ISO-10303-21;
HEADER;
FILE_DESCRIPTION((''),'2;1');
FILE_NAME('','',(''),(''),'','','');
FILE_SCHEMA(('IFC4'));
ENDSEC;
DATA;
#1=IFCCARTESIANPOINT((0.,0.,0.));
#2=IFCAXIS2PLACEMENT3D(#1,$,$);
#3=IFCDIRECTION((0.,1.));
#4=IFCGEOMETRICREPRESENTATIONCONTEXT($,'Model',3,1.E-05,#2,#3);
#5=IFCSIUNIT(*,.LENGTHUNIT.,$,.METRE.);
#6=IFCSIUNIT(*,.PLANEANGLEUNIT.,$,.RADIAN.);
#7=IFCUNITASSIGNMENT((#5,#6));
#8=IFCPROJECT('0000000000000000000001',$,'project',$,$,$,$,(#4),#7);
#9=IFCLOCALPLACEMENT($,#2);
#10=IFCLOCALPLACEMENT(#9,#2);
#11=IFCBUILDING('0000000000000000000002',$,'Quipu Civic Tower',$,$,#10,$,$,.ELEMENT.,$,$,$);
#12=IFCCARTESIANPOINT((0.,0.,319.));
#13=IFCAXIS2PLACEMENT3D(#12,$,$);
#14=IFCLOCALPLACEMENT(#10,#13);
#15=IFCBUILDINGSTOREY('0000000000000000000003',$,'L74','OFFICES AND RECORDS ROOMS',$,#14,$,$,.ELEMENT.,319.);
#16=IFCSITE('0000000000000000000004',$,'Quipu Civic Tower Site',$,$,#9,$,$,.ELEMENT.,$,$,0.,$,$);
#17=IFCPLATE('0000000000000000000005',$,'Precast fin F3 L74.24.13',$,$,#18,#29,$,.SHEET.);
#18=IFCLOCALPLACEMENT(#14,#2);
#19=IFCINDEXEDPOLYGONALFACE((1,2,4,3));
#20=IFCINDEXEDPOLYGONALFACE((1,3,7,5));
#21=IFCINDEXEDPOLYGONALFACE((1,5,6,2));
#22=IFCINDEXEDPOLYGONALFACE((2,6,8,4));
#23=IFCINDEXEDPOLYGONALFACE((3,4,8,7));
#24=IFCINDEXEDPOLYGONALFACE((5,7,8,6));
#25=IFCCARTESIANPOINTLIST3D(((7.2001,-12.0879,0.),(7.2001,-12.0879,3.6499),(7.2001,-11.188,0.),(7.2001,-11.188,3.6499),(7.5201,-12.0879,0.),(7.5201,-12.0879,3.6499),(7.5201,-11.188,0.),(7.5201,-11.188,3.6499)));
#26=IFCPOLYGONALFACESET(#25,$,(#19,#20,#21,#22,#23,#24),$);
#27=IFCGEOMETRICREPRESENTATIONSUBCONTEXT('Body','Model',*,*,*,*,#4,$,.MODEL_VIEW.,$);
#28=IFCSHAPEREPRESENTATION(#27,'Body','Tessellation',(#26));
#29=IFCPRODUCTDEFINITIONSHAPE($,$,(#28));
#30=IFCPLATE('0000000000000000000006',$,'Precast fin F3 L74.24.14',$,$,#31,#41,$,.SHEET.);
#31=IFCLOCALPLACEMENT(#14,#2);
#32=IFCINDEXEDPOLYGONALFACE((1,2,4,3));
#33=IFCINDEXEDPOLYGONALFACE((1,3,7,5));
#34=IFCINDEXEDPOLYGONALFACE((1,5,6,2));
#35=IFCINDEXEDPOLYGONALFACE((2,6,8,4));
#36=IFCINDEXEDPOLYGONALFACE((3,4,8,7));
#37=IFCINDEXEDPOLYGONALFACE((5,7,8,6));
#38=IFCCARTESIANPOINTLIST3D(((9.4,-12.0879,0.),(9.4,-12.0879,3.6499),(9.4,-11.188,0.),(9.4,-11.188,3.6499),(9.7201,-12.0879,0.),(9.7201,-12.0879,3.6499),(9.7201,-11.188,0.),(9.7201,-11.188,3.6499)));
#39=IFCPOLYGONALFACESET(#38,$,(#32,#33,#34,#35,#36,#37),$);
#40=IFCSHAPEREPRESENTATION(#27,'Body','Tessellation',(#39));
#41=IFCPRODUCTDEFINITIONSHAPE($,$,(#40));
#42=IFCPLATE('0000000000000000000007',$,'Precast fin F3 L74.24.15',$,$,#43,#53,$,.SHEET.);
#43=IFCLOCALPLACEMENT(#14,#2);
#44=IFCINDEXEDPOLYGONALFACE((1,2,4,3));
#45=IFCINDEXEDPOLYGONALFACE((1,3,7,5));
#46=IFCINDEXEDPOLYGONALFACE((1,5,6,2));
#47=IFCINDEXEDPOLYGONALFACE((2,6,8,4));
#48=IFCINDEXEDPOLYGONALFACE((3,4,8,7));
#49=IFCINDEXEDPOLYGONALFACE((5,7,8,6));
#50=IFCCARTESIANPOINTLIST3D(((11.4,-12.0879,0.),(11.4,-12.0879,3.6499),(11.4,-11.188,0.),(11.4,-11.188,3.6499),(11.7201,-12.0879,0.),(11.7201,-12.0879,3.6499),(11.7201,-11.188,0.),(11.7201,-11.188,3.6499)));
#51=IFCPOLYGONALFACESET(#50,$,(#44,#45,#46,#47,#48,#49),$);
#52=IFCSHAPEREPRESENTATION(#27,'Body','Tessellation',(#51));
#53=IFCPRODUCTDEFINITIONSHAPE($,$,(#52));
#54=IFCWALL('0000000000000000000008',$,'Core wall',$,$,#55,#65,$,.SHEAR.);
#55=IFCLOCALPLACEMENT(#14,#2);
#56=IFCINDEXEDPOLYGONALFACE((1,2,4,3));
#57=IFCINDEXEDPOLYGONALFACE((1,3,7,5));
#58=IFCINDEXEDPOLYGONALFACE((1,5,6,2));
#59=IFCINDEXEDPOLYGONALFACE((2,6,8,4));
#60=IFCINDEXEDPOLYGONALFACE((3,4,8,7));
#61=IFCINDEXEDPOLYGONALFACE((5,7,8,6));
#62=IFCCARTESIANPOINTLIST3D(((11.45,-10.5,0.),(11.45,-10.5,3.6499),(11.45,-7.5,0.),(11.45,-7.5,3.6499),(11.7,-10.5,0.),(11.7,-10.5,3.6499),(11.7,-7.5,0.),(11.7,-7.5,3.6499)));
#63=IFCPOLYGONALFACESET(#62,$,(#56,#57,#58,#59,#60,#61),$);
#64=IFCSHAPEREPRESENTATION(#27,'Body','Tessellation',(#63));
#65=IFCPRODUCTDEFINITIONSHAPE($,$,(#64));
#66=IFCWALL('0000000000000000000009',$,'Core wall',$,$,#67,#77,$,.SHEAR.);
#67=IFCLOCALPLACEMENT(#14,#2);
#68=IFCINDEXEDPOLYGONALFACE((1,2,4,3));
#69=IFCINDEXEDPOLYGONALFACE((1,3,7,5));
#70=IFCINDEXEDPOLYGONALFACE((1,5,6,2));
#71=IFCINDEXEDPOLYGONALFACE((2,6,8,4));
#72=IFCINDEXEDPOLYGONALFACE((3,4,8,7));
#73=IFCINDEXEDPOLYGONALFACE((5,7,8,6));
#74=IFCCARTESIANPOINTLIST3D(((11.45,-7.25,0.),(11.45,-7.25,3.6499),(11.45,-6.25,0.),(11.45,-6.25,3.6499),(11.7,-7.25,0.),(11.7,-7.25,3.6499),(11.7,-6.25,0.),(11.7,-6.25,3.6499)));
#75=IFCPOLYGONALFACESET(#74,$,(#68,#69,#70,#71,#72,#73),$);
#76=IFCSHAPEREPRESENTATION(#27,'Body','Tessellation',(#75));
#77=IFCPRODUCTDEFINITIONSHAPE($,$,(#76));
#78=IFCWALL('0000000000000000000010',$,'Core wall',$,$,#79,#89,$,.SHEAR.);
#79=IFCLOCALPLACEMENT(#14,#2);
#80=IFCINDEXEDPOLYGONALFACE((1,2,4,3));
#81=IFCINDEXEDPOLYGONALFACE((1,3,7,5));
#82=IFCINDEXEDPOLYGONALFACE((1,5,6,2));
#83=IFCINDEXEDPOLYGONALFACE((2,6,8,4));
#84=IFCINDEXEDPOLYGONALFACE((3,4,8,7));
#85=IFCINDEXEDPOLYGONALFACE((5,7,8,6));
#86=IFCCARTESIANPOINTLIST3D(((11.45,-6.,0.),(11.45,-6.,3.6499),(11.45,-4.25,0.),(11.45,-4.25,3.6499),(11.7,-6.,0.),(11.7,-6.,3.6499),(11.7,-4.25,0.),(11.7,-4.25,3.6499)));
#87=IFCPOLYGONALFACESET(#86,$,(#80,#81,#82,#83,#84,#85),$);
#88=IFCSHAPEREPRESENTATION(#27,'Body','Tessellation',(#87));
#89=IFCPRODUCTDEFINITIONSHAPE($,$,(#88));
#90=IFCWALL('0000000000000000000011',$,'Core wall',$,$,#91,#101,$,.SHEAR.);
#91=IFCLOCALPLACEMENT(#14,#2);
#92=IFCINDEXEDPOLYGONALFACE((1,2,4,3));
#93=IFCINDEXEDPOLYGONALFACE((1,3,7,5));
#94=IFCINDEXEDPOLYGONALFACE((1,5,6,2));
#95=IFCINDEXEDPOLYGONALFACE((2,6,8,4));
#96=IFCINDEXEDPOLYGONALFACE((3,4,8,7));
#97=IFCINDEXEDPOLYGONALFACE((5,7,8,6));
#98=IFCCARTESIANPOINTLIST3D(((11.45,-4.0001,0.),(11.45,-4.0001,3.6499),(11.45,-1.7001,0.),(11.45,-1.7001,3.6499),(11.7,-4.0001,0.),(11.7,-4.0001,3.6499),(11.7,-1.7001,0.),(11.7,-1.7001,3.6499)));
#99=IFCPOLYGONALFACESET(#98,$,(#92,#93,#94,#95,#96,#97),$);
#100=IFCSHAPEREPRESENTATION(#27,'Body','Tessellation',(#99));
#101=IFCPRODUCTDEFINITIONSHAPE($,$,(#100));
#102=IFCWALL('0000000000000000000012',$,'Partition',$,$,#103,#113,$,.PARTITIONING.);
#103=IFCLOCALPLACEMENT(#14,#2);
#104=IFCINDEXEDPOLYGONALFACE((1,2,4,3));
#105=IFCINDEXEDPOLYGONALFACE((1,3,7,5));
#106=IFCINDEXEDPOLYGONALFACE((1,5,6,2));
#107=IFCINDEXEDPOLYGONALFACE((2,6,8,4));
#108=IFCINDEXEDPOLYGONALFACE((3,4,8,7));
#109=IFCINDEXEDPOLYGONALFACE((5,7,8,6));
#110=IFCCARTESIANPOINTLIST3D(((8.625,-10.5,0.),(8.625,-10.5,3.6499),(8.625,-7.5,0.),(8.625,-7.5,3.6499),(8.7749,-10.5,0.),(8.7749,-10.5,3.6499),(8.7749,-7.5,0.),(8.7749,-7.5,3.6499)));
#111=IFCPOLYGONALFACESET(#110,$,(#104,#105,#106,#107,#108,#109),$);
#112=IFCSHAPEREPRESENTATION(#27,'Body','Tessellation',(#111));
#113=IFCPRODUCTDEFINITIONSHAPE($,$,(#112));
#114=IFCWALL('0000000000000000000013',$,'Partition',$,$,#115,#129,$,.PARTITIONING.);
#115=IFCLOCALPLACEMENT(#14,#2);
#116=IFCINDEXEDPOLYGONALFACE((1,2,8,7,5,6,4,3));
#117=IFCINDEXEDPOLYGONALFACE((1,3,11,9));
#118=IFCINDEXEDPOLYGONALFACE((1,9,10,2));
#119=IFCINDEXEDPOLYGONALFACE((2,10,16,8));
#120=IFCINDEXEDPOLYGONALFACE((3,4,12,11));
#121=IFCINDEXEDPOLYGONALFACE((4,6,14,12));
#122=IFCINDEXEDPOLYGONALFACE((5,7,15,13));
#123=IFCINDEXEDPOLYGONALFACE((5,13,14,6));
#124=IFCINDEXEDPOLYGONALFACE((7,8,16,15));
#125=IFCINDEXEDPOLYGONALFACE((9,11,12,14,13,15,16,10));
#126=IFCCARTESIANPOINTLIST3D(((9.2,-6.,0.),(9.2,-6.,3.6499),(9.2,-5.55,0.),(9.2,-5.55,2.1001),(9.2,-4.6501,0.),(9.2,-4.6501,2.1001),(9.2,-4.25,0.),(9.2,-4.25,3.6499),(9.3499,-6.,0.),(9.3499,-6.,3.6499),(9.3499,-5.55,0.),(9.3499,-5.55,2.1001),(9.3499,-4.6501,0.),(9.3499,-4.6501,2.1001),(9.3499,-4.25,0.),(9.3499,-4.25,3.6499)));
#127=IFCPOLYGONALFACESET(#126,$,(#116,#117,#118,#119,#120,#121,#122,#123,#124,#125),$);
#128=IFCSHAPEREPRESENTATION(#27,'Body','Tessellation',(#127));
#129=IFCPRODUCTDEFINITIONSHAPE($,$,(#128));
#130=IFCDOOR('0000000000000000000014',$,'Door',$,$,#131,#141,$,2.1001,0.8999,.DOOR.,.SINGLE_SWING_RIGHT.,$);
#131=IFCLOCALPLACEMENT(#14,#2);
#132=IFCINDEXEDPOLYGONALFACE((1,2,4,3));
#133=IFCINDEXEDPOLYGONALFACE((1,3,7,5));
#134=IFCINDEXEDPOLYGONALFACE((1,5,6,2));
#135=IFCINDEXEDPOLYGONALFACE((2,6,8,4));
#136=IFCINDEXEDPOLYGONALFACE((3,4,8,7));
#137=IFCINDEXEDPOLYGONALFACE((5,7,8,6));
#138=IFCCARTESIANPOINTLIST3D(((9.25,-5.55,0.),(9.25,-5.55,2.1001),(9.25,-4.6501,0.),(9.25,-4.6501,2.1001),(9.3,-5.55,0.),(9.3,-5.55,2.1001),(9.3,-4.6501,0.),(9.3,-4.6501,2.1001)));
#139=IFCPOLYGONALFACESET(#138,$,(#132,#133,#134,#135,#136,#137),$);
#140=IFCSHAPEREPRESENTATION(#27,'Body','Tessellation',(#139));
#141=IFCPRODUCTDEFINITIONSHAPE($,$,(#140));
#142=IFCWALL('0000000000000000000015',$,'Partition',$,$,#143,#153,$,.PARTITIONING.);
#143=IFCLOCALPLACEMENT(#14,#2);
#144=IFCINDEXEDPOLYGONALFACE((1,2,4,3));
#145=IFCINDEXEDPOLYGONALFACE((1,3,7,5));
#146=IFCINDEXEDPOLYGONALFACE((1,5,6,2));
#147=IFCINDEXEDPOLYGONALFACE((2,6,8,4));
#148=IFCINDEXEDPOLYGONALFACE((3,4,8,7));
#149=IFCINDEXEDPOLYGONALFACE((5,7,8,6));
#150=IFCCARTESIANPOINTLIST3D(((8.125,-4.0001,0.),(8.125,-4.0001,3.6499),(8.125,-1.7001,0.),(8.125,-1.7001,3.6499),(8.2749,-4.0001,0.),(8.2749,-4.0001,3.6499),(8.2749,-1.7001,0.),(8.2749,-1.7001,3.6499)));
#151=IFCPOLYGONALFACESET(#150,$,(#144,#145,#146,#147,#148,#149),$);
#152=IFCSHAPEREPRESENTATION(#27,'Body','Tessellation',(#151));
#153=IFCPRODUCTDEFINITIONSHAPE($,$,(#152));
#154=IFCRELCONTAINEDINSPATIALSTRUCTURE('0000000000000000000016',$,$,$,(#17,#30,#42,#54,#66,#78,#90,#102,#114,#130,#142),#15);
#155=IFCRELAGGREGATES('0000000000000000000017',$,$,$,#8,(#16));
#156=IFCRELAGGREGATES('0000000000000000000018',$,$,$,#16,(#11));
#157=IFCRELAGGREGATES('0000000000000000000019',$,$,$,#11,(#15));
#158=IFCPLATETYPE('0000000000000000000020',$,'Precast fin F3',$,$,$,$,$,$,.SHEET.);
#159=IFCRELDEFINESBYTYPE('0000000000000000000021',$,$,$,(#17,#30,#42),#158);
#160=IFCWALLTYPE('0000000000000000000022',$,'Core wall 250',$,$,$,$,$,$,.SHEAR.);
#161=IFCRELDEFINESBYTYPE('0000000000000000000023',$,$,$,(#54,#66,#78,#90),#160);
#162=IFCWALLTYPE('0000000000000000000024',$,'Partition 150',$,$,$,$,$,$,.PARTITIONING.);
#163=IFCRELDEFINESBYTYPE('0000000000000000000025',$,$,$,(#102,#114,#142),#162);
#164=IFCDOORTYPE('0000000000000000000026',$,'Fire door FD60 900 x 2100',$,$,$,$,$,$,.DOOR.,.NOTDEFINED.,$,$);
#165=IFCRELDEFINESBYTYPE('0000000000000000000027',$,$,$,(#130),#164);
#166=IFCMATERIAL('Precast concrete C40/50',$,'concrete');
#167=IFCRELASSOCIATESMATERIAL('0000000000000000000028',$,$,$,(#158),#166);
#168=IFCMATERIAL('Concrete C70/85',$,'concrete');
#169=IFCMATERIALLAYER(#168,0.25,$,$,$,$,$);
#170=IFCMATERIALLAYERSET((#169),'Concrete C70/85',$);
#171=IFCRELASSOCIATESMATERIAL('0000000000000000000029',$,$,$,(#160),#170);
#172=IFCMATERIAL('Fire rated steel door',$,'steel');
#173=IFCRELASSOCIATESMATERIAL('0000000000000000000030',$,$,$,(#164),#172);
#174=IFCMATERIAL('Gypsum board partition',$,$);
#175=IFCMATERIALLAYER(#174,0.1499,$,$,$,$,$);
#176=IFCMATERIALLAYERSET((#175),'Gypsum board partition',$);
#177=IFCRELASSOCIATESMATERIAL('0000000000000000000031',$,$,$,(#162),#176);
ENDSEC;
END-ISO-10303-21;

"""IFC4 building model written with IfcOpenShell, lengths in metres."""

from ifc_helpers import new_model, si_unit, direction, frame, frame_2d, origin, origin_2d, place, context, subcontext, project, spatial, rectangle, extrude, material, layer, layer_set, type_object, element, fill, save


model = new_model("IFC4")

# Units and contexts
model_context = context("Model", 3, precision=1e-05, world=origin(), true_north=direction((0.0, 1.0)))
body_context = subcontext(model_context, "Body", "Model", "MODEL_VIEW")
ifc_project = project(units=[si_unit("LENGTHUNIT", "METRE"), si_unit("PLANEANGLEUNIT", "RADIAN")], contexts=[model_context])

# Site, building, storey
site_placement = place(None, origin())
site = spatial("IfcSite", under=ifc_project, at=site_placement, Name="Quipu Civic Tower Site", CompositionType="ELEMENT", RefElevation=0.0)
building_placement = place(site_placement, origin())
building = spatial("IfcBuilding", under=site, at=building_placement, Name="Quipu Civic Tower", CompositionType="ELEMENT")
storey_placement = place(building_placement, frame((0.0, 0.0, 319.0)))
storey = spatial("IfcBuildingStorey", under=building, at=storey_placement, Name="L74", Description="OFFICES AND RECORDS ROOMS", CompositionType="ELEMENT", Elevation=319.0)

# Plates
ifc_material_1 = material(Name="Precast concrete C40/50", Category="concrete")
plate_type = type_object("IfcPlateType", Name="Precast fin F3", PredefinedType="SHEET", material=ifc_material_1)
for number, where, z_axis, x_axis, name in (
    (1, (7.3601, -11.6379, 0.0), (0.0, 0.0, 1.0), (1.0, 0.0, 0.0), "Precast fin F3 L74.24.13"),
    (2, (9.5601, -11.6379, 0.0), (0.0, 0.0, 1.0), (1.0, 0.0, 0.0), "Precast fin F3 L74.24.14"),
    (3, (11.5601, -11.6379, 0.0), (0.0, 0.0, 1.0), (1.0, 0.0, 0.0), "Precast fin F3 L74.24.15"),
):
    element("IfcPlate", number, at=place(storey_placement, frame(where, z_axis=z_axis, x_axis=x_axis)), inside=storey, type_object=plate_type, Name=name, PredefinedType="SHEET", context=body_context, shape_type="SweptSolid", body=[
        extrude(rectangle(XDim=0.3201, YDim=0.8999, at=origin_2d()), origin(), (0.0, 0.0, 1.0), 3.6499),
    ])

# Wall
ifc_material_2 = material(Name="Concrete C70/85", Category="concrete")
ifc_layer_1 = layer(ifc_material_2, 0.25)
ifc_layer_set_1 = layer_set([ifc_layer_1], Name="Concrete C70/85")
wall_type_1 = type_object("IfcWallType", Name="Core wall 250", PredefinedType="SHEAR", material=ifc_layer_set_1)
wall_1_placement = place(storey_placement, frame((11.575, -10.5, 0.0), z_axis=(0.0, 0.0, 1.0), x_axis=(0.0, 1.0, 0.0)))
element("IfcWall", 4, at=wall_1_placement, inside=storey, type_object=wall_type_1, Name="Core wall", PredefinedType="SHEAR", context=body_context, shape_type="SweptSolid", body=[
    extrude(rectangle(XDim=3.0, YDim=0.25, at=frame_2d((1.5, 0.0))), origin(), (0.0, 0.0, 1.0), 3.6499),
])

# Shared definitions
ifc_material_3 = material(Name="Fire rated steel door", Category="steel")
door_type_1 = type_object("IfcDoorType", Name="Fire door FD60 900 x 2100", OperationType="NOTDEFINED", PredefinedType="DOOR", material=ifc_material_3)

# Walls
wall_2_placement = place(storey_placement, frame((11.575, -7.25, 0.0), z_axis=(0.0, 0.0, 1.0), x_axis=(0.0, 1.0, 0.0)))
element("IfcWall", 5, at=wall_2_placement, inside=storey, type_object=wall_type_1, Name="Core wall", PredefinedType="SHEAR", context=body_context, shape_type="SweptSolid", body=[
    extrude(rectangle(XDim=1.0, YDim=0.25, at=frame_2d((0.5, 0.0))), origin(), (0.0, 0.0, 1.0), 3.6499),
])
wall_3_placement = place(storey_placement, frame((11.575, -6.0, 0.0), z_axis=(0.0, 0.0, 1.0), x_axis=(0.0, 1.0, 0.0)))
element("IfcWall", 6, at=wall_3_placement, inside=storey, type_object=wall_type_1, Name="Core wall", PredefinedType="SHEAR", context=body_context, shape_type="SweptSolid", body=[
    extrude(rectangle(XDim=1.75, YDim=0.25, at=frame_2d((0.875, 0.0))), origin(), (0.0, 0.0, 1.0), 3.6499),
])
wall_4_placement = place(storey_placement, frame((11.575, -4.0, 0.0), z_axis=(0.0, 0.0, 1.0), x_axis=(0.0, 1.0, 0.0)))
element("IfcWall", 7, at=wall_4_placement, inside=storey, type_object=wall_type_1, Name="Core wall", PredefinedType="SHEAR", context=body_context, shape_type="SweptSolid", body=[
    extrude(rectangle(XDim=2.3, YDim=0.25, at=frame_2d((1.1499, 0.0))), origin(), (0.0, 0.0, 1.0), 3.6499),
])
ifc_material_4 = material(Name="Gypsum board partition")
ifc_layer_2 = layer(ifc_material_4, 0.1499)
ifc_layer_set_2 = layer_set([ifc_layer_2], Name="Gypsum board partition")
wall_type_2 = type_object("IfcWallType", Name="Partition 150", PredefinedType="PARTITIONING", material=ifc_layer_set_2)
wall_5_placement = place(storey_placement, frame((8.7, -10.5, 0.0), z_axis=(0.0, 0.0, 1.0), x_axis=(0.0, 1.0, 0.0)))
element("IfcWall", 8, at=wall_5_placement, inside=storey, type_object=wall_type_2, Name="Partition", PredefinedType="PARTITIONING", context=body_context, shape_type="SweptSolid", body=[
    extrude(rectangle(XDim=3.0, YDim=0.1499, at=frame_2d((1.5, 0.0))), origin(), (0.0, 0.0, 1.0), 3.6499),
])

# Wall, opening, door
wall_6_placement = place(storey_placement, frame((9.2749, -6.0, 0.0), z_axis=(0.0, 0.0, 1.0), x_axis=(0.0, 1.0, 0.0)))
wall_6 = element("IfcWall", 9, at=wall_6_placement, inside=storey, type_object=wall_type_2, Name="Partition", PredefinedType="PARTITIONING", context=body_context, shape_type="SweptSolid", body=[
    extrude(rectangle(XDim=1.75, YDim=0.1499, at=frame_2d((0.875, 0.0))), origin(), (0.0, 0.0, 1.0), 3.6499),
])
opening_1_placement = place(wall_6_placement, frame((0.45, 0.0, 0.0)))
opening_1 = element("IfcOpeningElement", 10, at=opening_1_placement, cuts=wall_6, PredefinedType="OPENING", context=body_context, shape_type="SweptSolid", body=[
    extrude(rectangle(XDim=0.8999, YDim=2.1001, at=frame_2d((0.45, 1.05))), frame((0.0, 0.085, 0.0), z_axis=(0.0, -1.0, 0.0), x_axis=(1.0, 0.0, 0.0)), (0.0, 0.0, 1.0), 0.1699),
])
door_1_placement = place(opening_1_placement, origin())
door_1 = element("IfcDoor", 11, at=door_1_placement, inside=storey, type_object=door_type_1, Name="Door", OperationType="SINGLE_SWING_RIGHT", OverallHeight=2.1001, OverallWidth=0.8999, PredefinedType="DOOR", context=body_context, shape_type="SweptSolid", body=[
    extrude(rectangle(XDim=0.8999, YDim=2.1001, at=frame_2d((0.45, 1.05))), frame((0.0, 0.0249, 0.0), z_axis=(0.0, -1.0, 0.0), x_axis=(1.0, 0.0, 0.0)), (0.0, 0.0, 1.0), 0.05),
])
fill(opening_1, door_1)

# Wall
wall_7_placement = place(storey_placement, frame((8.2, -4.0, 0.0), z_axis=(0.0, 0.0, 1.0), x_axis=(0.0, 1.0, 0.0)))
element("IfcWall", 12, at=wall_7_placement, inside=storey, type_object=wall_type_2, Name="Partition", PredefinedType="PARTITIONING", context=body_context, shape_type="SweptSolid", body=[
    extrude(rectangle(XDim=2.3, YDim=0.1499, at=frame_2d((1.1499, 0.0))), origin(), (0.0, 0.0, 1.0), 3.6499),
])

save(model, "model.ifc")
